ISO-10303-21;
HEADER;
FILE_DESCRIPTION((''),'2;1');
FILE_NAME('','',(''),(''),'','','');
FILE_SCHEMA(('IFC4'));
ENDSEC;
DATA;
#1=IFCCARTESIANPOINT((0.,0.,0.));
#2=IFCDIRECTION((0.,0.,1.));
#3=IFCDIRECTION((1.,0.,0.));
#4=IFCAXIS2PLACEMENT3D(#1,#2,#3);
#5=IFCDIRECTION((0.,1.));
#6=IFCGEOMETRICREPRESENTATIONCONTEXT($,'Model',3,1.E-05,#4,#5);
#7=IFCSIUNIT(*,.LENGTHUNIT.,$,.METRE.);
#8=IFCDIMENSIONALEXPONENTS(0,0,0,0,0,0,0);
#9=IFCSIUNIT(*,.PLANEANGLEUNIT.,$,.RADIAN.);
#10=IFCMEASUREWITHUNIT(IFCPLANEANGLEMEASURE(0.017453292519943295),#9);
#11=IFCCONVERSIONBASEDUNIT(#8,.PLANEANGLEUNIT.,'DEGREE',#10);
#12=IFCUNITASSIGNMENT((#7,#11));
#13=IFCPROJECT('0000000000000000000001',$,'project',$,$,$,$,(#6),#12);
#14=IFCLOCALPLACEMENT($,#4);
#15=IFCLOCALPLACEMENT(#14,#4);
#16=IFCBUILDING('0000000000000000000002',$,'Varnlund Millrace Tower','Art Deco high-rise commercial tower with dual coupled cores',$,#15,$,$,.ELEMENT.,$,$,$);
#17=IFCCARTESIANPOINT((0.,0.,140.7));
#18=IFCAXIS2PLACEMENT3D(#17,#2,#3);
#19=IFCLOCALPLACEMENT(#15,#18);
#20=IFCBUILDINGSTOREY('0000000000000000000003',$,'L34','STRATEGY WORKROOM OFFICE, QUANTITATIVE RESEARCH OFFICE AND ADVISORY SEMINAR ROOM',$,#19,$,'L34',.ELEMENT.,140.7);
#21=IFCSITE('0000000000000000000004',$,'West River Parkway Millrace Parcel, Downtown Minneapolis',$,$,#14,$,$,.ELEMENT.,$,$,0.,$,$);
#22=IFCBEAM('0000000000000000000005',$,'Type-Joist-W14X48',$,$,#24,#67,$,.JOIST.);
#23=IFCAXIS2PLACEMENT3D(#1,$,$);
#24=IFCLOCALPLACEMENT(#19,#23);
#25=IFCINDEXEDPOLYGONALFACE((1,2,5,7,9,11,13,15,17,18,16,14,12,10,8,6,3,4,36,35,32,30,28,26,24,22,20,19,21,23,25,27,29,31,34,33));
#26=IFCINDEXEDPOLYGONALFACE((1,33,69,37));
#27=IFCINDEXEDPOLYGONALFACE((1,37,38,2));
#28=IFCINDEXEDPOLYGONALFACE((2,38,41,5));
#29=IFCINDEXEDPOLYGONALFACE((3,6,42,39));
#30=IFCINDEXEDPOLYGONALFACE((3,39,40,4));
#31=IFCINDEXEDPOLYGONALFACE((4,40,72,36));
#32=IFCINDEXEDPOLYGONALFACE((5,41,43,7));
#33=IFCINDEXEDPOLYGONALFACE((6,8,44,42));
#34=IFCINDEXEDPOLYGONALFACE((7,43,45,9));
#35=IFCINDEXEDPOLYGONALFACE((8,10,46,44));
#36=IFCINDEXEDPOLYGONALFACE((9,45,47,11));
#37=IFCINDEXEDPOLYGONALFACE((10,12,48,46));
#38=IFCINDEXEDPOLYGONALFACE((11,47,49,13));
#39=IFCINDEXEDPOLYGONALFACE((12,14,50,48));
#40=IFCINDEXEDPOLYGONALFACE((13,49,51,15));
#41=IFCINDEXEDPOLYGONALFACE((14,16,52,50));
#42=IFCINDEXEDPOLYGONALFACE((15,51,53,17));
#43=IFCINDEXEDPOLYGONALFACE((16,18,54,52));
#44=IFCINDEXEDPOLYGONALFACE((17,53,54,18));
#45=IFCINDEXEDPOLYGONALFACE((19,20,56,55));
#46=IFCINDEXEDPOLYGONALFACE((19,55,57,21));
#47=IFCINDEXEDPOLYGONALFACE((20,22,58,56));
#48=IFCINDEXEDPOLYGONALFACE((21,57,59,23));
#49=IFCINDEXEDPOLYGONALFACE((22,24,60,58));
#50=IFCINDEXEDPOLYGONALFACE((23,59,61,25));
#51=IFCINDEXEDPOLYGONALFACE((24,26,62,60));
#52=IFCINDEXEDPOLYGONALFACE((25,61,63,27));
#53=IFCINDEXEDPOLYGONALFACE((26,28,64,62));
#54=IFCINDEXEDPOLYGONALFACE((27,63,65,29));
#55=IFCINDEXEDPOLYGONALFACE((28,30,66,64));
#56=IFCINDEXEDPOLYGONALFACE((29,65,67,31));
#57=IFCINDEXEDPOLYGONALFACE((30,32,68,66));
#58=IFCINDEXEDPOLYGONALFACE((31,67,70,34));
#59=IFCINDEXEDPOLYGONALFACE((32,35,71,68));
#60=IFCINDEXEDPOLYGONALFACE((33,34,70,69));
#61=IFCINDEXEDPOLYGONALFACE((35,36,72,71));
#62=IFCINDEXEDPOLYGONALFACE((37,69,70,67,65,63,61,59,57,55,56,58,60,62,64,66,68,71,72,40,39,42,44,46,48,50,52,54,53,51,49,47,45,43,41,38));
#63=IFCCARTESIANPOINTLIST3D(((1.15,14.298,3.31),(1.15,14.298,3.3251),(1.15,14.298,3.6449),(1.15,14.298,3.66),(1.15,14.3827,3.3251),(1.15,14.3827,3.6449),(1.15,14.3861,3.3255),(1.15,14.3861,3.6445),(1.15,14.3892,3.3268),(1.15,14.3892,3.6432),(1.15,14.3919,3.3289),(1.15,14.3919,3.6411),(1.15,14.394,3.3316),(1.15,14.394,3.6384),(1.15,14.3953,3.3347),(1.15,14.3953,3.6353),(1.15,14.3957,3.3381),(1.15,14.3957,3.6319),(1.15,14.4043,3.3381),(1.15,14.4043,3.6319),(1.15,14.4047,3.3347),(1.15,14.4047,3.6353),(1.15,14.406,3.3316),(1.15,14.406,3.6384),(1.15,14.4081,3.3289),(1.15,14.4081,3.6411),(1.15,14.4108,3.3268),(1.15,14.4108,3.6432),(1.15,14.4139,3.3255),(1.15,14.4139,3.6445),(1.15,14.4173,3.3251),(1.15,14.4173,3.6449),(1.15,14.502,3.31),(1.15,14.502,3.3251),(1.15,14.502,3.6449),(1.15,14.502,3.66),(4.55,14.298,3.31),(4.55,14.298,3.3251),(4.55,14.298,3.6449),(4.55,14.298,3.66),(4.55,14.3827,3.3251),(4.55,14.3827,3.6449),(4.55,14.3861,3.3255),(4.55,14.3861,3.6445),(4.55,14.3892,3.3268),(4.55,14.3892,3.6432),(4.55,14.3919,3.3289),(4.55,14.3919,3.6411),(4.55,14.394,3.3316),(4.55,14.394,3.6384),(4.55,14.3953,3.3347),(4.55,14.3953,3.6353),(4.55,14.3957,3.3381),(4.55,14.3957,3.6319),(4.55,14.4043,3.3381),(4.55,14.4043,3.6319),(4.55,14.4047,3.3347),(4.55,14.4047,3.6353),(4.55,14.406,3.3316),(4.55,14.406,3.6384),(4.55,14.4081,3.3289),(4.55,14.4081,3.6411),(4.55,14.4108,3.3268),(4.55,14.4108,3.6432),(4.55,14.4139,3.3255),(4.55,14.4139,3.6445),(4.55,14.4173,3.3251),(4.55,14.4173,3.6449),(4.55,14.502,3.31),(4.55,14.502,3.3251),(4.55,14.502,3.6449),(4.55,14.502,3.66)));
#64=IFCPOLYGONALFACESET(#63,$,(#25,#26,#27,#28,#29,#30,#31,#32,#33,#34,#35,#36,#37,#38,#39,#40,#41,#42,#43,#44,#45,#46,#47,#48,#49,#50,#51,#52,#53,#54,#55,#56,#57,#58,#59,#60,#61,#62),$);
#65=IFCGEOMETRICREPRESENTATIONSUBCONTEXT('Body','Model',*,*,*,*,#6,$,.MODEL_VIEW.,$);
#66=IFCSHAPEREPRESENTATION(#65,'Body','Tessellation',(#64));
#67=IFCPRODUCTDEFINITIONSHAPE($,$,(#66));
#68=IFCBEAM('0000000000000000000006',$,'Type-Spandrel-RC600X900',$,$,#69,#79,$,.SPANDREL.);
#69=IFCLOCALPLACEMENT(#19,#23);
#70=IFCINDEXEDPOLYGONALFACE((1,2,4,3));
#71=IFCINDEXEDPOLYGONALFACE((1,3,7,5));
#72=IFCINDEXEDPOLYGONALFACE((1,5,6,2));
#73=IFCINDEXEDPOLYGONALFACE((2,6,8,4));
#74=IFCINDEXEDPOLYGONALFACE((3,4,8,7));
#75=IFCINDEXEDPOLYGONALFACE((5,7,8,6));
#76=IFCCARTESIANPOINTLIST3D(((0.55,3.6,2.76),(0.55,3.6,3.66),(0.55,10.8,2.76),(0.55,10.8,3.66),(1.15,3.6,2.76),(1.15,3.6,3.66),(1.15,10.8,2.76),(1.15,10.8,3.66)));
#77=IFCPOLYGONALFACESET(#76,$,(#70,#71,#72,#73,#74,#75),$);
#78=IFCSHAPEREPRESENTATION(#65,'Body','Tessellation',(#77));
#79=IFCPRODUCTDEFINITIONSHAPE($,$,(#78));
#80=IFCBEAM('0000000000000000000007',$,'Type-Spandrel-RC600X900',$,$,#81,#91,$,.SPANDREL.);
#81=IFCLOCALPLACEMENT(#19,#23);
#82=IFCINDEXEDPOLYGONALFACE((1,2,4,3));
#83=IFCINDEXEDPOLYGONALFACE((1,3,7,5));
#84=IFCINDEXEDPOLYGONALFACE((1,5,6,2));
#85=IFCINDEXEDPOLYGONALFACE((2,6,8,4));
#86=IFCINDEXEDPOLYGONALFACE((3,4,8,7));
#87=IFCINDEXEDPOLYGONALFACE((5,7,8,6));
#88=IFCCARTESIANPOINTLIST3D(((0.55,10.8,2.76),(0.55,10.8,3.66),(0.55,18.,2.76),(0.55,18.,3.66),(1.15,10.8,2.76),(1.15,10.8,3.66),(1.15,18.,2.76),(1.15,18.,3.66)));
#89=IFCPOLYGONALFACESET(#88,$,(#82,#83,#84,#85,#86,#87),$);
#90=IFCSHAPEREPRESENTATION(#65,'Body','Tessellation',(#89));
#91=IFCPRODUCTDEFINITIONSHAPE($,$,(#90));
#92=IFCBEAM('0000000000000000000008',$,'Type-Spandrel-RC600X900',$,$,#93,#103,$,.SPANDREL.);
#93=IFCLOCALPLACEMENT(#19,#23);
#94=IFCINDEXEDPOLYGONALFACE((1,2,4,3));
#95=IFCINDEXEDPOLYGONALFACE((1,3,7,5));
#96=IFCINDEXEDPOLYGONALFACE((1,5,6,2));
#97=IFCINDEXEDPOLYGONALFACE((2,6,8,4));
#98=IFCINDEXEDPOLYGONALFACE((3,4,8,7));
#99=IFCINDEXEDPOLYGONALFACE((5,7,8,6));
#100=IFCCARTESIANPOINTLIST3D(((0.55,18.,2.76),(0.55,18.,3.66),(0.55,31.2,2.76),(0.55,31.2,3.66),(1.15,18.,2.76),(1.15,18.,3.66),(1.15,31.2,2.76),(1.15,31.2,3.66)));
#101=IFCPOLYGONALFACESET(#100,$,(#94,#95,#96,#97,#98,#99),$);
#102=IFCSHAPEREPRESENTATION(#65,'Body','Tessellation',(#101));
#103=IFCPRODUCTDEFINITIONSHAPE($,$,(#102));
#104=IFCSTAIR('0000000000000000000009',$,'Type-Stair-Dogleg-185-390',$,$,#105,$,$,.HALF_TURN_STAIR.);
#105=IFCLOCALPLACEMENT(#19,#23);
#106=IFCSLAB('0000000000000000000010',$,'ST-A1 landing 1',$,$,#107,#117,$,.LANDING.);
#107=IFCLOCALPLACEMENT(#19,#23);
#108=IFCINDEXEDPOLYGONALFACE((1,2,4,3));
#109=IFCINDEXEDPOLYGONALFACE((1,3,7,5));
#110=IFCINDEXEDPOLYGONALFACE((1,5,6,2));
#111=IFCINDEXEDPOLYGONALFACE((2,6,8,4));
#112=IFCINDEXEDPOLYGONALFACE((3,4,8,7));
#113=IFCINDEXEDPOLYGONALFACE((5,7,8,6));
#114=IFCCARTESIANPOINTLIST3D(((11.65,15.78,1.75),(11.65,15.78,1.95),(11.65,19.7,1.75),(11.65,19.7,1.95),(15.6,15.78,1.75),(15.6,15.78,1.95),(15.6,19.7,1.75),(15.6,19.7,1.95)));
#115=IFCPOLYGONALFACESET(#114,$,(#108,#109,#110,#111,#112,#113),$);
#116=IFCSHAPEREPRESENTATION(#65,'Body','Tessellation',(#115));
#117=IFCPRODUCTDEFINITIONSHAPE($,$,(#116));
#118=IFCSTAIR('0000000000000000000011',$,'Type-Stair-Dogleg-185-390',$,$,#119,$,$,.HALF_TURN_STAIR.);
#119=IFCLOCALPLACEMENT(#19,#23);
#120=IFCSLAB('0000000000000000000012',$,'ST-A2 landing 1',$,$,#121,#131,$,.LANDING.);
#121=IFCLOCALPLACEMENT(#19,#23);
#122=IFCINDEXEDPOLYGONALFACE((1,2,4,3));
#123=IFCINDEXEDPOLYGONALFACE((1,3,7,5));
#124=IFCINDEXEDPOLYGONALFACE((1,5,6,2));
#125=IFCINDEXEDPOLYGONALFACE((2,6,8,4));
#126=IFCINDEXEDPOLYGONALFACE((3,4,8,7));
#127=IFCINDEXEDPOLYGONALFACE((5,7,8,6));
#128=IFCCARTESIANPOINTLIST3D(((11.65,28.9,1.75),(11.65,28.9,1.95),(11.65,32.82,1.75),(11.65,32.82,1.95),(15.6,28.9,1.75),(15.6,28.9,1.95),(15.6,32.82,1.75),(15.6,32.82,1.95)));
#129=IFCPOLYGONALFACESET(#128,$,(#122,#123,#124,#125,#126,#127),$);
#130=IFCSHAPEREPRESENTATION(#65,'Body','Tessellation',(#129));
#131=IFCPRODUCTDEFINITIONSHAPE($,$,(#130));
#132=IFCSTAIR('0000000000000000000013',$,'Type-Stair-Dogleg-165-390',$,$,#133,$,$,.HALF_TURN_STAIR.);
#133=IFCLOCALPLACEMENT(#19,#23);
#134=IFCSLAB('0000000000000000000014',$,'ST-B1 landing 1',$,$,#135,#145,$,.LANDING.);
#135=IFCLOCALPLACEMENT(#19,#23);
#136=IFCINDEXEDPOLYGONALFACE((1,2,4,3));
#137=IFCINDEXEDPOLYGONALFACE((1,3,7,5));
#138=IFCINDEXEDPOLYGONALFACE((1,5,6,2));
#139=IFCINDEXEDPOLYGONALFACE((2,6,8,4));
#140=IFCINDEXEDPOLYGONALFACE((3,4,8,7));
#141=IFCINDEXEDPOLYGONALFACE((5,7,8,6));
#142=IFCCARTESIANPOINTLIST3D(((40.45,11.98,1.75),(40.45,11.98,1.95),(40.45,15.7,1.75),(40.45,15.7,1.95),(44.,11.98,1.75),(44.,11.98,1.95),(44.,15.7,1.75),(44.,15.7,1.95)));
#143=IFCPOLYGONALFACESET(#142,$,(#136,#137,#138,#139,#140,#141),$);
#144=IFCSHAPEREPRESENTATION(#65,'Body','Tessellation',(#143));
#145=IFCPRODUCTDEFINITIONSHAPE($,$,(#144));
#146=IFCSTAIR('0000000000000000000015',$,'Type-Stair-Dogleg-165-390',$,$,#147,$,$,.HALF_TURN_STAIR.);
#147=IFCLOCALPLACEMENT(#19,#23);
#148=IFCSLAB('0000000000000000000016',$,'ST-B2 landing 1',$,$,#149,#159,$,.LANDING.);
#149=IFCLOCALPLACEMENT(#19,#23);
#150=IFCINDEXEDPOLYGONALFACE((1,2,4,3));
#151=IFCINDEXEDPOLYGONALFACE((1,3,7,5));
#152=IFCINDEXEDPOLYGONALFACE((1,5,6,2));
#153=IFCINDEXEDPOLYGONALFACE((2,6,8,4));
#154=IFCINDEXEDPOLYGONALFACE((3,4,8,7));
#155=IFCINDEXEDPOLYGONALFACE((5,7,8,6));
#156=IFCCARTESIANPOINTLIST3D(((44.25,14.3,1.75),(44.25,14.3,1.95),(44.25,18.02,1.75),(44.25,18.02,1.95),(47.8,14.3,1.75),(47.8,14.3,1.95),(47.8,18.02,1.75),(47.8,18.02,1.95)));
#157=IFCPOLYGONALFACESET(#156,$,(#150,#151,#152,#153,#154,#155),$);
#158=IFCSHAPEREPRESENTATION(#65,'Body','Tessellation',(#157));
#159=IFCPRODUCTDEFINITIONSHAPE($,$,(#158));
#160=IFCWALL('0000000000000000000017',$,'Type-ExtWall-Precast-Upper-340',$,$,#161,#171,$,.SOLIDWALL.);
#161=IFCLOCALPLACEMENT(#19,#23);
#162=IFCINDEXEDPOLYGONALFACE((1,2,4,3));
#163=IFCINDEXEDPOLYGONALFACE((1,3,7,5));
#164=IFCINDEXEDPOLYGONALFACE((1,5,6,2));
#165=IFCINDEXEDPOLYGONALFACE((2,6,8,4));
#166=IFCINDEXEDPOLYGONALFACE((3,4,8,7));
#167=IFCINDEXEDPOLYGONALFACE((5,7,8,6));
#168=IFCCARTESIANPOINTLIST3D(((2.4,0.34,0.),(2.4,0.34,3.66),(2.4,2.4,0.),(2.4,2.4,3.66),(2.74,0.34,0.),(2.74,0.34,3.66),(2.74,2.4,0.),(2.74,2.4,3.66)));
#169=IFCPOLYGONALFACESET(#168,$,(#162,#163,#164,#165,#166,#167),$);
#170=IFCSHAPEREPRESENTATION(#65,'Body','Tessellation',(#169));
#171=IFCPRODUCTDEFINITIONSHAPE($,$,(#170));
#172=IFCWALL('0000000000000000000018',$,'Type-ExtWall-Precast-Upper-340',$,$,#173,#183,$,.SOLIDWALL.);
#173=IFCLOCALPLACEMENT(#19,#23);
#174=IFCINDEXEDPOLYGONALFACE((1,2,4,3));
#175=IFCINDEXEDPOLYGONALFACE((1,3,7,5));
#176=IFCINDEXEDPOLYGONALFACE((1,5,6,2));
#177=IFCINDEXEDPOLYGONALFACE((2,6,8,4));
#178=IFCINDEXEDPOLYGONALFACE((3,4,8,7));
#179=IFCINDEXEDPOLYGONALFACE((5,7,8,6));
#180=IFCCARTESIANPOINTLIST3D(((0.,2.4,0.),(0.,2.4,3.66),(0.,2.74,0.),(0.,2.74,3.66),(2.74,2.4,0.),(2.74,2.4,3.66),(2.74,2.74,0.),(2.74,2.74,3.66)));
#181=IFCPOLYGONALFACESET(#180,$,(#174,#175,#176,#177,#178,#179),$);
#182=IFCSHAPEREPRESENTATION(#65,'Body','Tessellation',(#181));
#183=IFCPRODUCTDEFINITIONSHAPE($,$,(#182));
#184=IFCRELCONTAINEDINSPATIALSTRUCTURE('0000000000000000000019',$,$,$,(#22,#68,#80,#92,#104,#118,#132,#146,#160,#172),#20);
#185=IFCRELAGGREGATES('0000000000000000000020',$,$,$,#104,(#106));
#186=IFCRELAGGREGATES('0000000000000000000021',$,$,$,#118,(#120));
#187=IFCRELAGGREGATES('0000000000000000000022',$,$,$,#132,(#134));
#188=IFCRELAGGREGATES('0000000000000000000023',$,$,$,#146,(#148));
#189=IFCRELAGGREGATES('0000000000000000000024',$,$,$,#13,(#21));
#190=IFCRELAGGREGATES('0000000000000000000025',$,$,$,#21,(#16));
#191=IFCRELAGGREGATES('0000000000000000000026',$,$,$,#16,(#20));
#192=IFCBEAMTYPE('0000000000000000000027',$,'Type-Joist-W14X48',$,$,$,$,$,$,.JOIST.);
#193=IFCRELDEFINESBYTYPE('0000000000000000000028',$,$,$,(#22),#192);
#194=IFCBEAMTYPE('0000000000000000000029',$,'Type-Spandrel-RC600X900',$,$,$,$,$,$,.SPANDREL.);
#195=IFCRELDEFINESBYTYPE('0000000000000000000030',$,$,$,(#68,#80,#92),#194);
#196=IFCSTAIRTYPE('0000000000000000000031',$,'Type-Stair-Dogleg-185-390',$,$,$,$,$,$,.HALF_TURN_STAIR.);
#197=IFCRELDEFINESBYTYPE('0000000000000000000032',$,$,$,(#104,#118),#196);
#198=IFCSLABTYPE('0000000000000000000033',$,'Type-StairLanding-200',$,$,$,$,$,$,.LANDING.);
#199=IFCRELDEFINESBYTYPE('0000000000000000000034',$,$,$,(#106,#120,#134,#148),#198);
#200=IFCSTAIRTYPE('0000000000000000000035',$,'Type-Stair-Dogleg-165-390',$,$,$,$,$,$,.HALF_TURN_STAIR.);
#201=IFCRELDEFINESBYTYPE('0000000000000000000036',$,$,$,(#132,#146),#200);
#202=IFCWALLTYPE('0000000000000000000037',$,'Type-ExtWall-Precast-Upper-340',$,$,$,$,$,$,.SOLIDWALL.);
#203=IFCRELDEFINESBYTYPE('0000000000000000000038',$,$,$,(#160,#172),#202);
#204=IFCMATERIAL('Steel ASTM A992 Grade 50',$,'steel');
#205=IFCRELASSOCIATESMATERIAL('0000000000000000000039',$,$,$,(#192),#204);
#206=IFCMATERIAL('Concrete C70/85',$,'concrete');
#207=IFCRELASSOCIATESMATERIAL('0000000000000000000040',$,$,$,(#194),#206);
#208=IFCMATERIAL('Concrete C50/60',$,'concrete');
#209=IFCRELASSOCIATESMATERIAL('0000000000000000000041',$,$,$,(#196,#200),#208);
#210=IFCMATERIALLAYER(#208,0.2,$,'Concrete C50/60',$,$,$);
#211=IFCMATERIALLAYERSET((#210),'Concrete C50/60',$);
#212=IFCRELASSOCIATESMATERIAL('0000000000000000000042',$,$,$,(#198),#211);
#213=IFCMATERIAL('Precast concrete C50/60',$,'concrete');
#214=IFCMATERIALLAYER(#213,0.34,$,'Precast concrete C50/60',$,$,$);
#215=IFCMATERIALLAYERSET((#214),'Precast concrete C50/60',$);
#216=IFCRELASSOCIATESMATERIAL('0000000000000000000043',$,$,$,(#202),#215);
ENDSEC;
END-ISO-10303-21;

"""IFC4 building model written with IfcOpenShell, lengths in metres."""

from ifc_helpers import new_model, entity, si_unit, converted_unit, direction, frame, origin_with_axes, origin_2d_with_axis, place, context, subcontext, project, spatial, polyline, rectangle, i_section, outline, extrude, material, layer, layer_set, material_profile, profile_set, type_object, element, aggregate, save


model = new_model("IFC4")

# Units and contexts
model_context = context("Model", 3, precision=1e-05, world=origin_with_axes(), true_north=direction((0.0, 1.0)))
body_context = subcontext(model_context, "Body", "Model", "MODEL_VIEW")
ifc_project = project(units=[si_unit("LENGTHUNIT", "METRE"), converted_unit("PLANEANGLEUNIT", "DEGREE", entity("IfcPlaneAngleMeasure", 0.017453292519943295), si_unit("PLANEANGLEUNIT", "RADIAN"), dimensions=[0, 0, 0, 0, 0, 0, 0])], contexts=[model_context])

# Site, building, storey
site_placement = place(None, origin_with_axes())
site = spatial("IfcSite", under=ifc_project, at=site_placement, Name="West River Parkway Millrace Parcel, Downtown Minneapolis", CompositionType="ELEMENT", RefElevation=0.0)
building_placement = place(site_placement, origin_with_axes())
building = spatial("IfcBuilding", under=site, at=building_placement, Name="Varnlund Millrace Tower", Description="Art Deco high-rise commercial tower with dual coupled cores", CompositionType="ELEMENT")
storey_placement = place(building_placement, frame((0.0, 0.0, 140.7), z_axis=(0.0, 0.0, 1.0), x_axis=(1.0, 0.0, 0.0)))
storey = spatial("IfcBuildingStorey", under=building, at=storey_placement, Name="L34", Description="STRATEGY WORKROOM OFFICE, QUANTITATIVE RESEARCH OFFICE AND ADVISORY SEMINAR ROOM", LongName="L34", CompositionType="ELEMENT", Elevation=140.7)

# Beams
ifc_material_1 = material(Name="Steel ASTM A992 Grade 50", Category="steel")
ifc_material_profile_1 = material_profile(ifc_material_1, i_section(OverallWidth=0.204, OverallDepth=0.35, WebThickness=0.0086, FlangeThickness=0.0151, FilletRadius=0.013, at=origin_2d_with_axis()), Name="Steel ASTM A992 Grade 50")
ifc_profile_set_1 = profile_set([ifc_material_profile_1], Name="Steel ASTM A992 Grade 50")
beam_type_1 = type_object("IfcBeamType", Name="Type-Joist-W14X48", PredefinedType="JOIST", material=ifc_profile_set_1)
for number, where, z_axis, x_axis, name in (
    (1, (1.15, 14.4, 3.485), (1.0, 0.0, 0.0), (0.0, 1.0, 0.0), "Type-Joist-W14X48"),
):
    element("IfcBeam", number, at=place(storey_placement, frame(where, z_axis=z_axis, x_axis=x_axis)), inside=storey, type_object=beam_type_1, Name=name, PredefinedType="JOIST", context=body_context, shape_type="SweptSolid", body=[
        extrude(i_section(OverallWidth=0.204, OverallDepth=0.35, WebThickness=0.0086, FlangeThickness=0.0151, FilletRadius=0.013, at=origin_2d_with_axis()), origin_with_axes(), (0.0, 0.0, 1.0), 3.4),
    ])
ifc_material_2 = material(Name="Concrete C70/85", Category="concrete")
ifc_material_profile_2 = material_profile(ifc_material_2, rectangle(XDim=0.6, YDim=0.9, at=origin_2d_with_axis()), Name="Concrete C70/85")
ifc_profile_set_2 = profile_set([ifc_material_profile_2], Name="Concrete C70/85")
beam_type_2 = type_object("IfcBeamType", Name="Type-Spandrel-RC600X900", PredefinedType="SPANDREL", material=ifc_profile_set_2)
for number, where, z_axis, x_axis, name in (
    (2, (0.85, 3.6, 3.21), (0.0, 1.0, 0.0), (-1.0, 0.0, 0.0), "Type-Spandrel-RC600X900"),
    (3, (0.85, 10.8, 3.21), (0.0, 1.0, 0.0), (-1.0, 0.0, 0.0), "Type-Spandrel-RC600X900"),
):
    element("IfcBeam", number, at=place(storey_placement, frame(where, z_axis=z_axis, x_axis=x_axis)), inside=storey, type_object=beam_type_2, Name=name, PredefinedType="SPANDREL", context=body_context, shape_type="SweptSolid", body=[
        extrude(rectangle(XDim=0.6, YDim=0.9, at=origin_2d_with_axis()), origin_with_axes(), (0.0, 0.0, 1.0), 7.2),
    ])
beam_1_placement = place(storey_placement, frame((0.85, 18.0, 3.21), z_axis=(0.0, 1.0, 0.0), x_axis=(-1.0, 0.0, 0.0)))
element("IfcBeam", 4, at=beam_1_placement, inside=storey, type_object=beam_type_2, Name="Type-Spandrel-RC600X900", PredefinedType="SPANDREL", context=body_context, shape_type="SweptSolid", body=[
    extrude(rectangle(XDim=0.6, YDim=0.9, at=origin_2d_with_axis()), origin_with_axes(), (0.0, 0.0, 1.0), 13.2),
])

# Stairs, slabs
ifc_material_3 = material(Name="Concrete C50/60", Category="concrete")
stair_type_1 = type_object("IfcStairType", Name="Type-Stair-Dogleg-185-390", PredefinedType="HALF_TURN_STAIR", material=ifc_material_3)
stair_1_placement = place(storey_placement, origin_with_axes())
stair_1 = element("IfcStair", 5, at=stair_1_placement, inside=storey, type_object=stair_type_1, Name="Type-Stair-Dogleg-185-390", PredefinedType="HALF_TURN_STAIR")
ifc_layer_1 = layer(ifc_material_3, 0.2, Name="Concrete C50/60")
ifc_layer_set_1 = layer_set([ifc_layer_1], Name="Concrete C50/60")
slab_type = type_object("IfcSlabType", Name="Type-StairLanding-200", PredefinedType="LANDING", material=ifc_layer_set_1)
slab_1_placement = place(storey_placement, frame((0.0, 0.0, 1.75), z_axis=(0.0, 0.0, 1.0), x_axis=(1.0, 0.0, 0.0)))
slab_1 = element("IfcSlab", 6, at=slab_1_placement, type_object=slab_type, Name="ST-A1 landing 1", PredefinedType="LANDING", context=body_context, shape_type="SweptSolid", body=[
    extrude(outline(polyline([(15.6, 15.78), (15.6, 19.7), (11.65, 19.7), (11.65, 15.78), (15.6, 15.78)])), origin_with_axes(), (0.0, 0.0, 1.0), 0.2),
])
aggregate(stair_1, [slab_1])
stair_2_placement = place(storey_placement, origin_with_axes())
stair_2 = element("IfcStair", 7, at=stair_2_placement, inside=storey, type_object=stair_type_1, Name="Type-Stair-Dogleg-185-390", PredefinedType="HALF_TURN_STAIR")
slab_2_placement = place(storey_placement, frame((0.0, 0.0, 1.75), z_axis=(0.0, 0.0, 1.0), x_axis=(1.0, 0.0, 0.0)))
slab_2 = element("IfcSlab", 8, at=slab_2_placement, type_object=slab_type, Name="ST-A2 landing 1", PredefinedType="LANDING", context=body_context, shape_type="SweptSolid", body=[
    extrude(outline(polyline([(11.65, 32.82), (11.65, 28.9), (15.6, 28.9), (15.6, 32.82), (11.65, 32.82)])), origin_with_axes(), (0.0, 0.0, 1.0), 0.2),
])
aggregate(stair_2, [slab_2])
stair_type_2 = type_object("IfcStairType", Name="Type-Stair-Dogleg-165-390", PredefinedType="HALF_TURN_STAIR", material=ifc_material_3)
stair_3_placement = place(storey_placement, origin_with_axes())
stair_3 = element("IfcStair", 9, at=stair_3_placement, inside=storey, type_object=stair_type_2, Name="Type-Stair-Dogleg-165-390", PredefinedType="HALF_TURN_STAIR")
slab_3_placement = place(storey_placement, frame((0.0, 0.0, 1.75), z_axis=(0.0, 0.0, 1.0), x_axis=(1.0, 0.0, 0.0)))
slab_3 = element("IfcSlab", 10, at=slab_3_placement, type_object=slab_type, Name="ST-B1 landing 1", PredefinedType="LANDING", context=body_context, shape_type="SweptSolid", body=[
    extrude(outline(polyline([(44.0, 11.98), (44.0, 15.7), (40.45, 15.7), (40.45, 11.98), (44.0, 11.98)])), origin_with_axes(), (0.0, 0.0, 1.0), 0.2),
])
aggregate(stair_3, [slab_3])
stair_4_placement = place(storey_placement, origin_with_axes())
stair_4 = element("IfcStair", 11, at=stair_4_placement, inside=storey, type_object=stair_type_2, Name="Type-Stair-Dogleg-165-390", PredefinedType="HALF_TURN_STAIR")
slab_4_placement = place(storey_placement, frame((0.0, 0.0, 1.75), z_axis=(0.0, 0.0, 1.0), x_axis=(1.0, 0.0, 0.0)))
slab_4 = element("IfcSlab", 12, at=slab_4_placement, type_object=slab_type, Name="ST-B2 landing 1", PredefinedType="LANDING", context=body_context, shape_type="SweptSolid", body=[
    extrude(outline(polyline([(44.25, 18.02), (44.25, 14.3), (47.8, 14.3), (47.8, 18.02), (44.25, 18.02)])), origin_with_axes(), (0.0, 0.0, 1.0), 0.2),
])
aggregate(stair_4, [slab_4])

# Walls
ifc_material_4 = material(Name="Precast concrete C50/60", Category="concrete")
ifc_layer_2 = layer(ifc_material_4, 0.34, Name="Precast concrete C50/60")
ifc_layer_set_2 = layer_set([ifc_layer_2], Name="Precast concrete C50/60")
wall_type = type_object("IfcWallType", Name="Type-ExtWall-Precast-Upper-340", PredefinedType="SOLIDWALL", material=ifc_layer_set_2)
wall_1_placement = place(storey_placement, frame((2.57, 0.34, 0.0), z_axis=(0.0, 0.0, 1.0), x_axis=(0.0, 1.0, 0.0)))
element("IfcWall", 13, at=wall_1_placement, inside=storey, type_object=wall_type, Name="Type-ExtWall-Precast-Upper-340", PredefinedType="SOLIDWALL", context=body_context, shape_type="SweptSolid", body=[
    extrude(outline(polyline([(0.0, -0.17), (2.06, -0.17), (2.06, 0.17), (0.0, 0.17), (0.0, -0.17)])), origin_with_axes(), (0.0, 0.0, 1.0), 3.66),
])
wall_2_placement = place(storey_placement, frame((2.74, 2.57, 0.0), z_axis=(0.0, 0.0, 1.0), x_axis=(-1.0, 0.0, 0.0)))
element("IfcWall", 14, at=wall_2_placement, inside=storey, type_object=wall_type, Name="Type-ExtWall-Precast-Upper-340", PredefinedType="SOLIDWALL", context=body_context, shape_type="SweptSolid", body=[
    extrude(outline(polyline([(0.0, -0.17), (2.74, -0.17), (2.74, 0.17), (0.0, 0.17), (0.0, -0.17)])), origin_with_axes(), (0.0, 0.0, 1.0), 3.66),
])

save(model, "model.ifc")
